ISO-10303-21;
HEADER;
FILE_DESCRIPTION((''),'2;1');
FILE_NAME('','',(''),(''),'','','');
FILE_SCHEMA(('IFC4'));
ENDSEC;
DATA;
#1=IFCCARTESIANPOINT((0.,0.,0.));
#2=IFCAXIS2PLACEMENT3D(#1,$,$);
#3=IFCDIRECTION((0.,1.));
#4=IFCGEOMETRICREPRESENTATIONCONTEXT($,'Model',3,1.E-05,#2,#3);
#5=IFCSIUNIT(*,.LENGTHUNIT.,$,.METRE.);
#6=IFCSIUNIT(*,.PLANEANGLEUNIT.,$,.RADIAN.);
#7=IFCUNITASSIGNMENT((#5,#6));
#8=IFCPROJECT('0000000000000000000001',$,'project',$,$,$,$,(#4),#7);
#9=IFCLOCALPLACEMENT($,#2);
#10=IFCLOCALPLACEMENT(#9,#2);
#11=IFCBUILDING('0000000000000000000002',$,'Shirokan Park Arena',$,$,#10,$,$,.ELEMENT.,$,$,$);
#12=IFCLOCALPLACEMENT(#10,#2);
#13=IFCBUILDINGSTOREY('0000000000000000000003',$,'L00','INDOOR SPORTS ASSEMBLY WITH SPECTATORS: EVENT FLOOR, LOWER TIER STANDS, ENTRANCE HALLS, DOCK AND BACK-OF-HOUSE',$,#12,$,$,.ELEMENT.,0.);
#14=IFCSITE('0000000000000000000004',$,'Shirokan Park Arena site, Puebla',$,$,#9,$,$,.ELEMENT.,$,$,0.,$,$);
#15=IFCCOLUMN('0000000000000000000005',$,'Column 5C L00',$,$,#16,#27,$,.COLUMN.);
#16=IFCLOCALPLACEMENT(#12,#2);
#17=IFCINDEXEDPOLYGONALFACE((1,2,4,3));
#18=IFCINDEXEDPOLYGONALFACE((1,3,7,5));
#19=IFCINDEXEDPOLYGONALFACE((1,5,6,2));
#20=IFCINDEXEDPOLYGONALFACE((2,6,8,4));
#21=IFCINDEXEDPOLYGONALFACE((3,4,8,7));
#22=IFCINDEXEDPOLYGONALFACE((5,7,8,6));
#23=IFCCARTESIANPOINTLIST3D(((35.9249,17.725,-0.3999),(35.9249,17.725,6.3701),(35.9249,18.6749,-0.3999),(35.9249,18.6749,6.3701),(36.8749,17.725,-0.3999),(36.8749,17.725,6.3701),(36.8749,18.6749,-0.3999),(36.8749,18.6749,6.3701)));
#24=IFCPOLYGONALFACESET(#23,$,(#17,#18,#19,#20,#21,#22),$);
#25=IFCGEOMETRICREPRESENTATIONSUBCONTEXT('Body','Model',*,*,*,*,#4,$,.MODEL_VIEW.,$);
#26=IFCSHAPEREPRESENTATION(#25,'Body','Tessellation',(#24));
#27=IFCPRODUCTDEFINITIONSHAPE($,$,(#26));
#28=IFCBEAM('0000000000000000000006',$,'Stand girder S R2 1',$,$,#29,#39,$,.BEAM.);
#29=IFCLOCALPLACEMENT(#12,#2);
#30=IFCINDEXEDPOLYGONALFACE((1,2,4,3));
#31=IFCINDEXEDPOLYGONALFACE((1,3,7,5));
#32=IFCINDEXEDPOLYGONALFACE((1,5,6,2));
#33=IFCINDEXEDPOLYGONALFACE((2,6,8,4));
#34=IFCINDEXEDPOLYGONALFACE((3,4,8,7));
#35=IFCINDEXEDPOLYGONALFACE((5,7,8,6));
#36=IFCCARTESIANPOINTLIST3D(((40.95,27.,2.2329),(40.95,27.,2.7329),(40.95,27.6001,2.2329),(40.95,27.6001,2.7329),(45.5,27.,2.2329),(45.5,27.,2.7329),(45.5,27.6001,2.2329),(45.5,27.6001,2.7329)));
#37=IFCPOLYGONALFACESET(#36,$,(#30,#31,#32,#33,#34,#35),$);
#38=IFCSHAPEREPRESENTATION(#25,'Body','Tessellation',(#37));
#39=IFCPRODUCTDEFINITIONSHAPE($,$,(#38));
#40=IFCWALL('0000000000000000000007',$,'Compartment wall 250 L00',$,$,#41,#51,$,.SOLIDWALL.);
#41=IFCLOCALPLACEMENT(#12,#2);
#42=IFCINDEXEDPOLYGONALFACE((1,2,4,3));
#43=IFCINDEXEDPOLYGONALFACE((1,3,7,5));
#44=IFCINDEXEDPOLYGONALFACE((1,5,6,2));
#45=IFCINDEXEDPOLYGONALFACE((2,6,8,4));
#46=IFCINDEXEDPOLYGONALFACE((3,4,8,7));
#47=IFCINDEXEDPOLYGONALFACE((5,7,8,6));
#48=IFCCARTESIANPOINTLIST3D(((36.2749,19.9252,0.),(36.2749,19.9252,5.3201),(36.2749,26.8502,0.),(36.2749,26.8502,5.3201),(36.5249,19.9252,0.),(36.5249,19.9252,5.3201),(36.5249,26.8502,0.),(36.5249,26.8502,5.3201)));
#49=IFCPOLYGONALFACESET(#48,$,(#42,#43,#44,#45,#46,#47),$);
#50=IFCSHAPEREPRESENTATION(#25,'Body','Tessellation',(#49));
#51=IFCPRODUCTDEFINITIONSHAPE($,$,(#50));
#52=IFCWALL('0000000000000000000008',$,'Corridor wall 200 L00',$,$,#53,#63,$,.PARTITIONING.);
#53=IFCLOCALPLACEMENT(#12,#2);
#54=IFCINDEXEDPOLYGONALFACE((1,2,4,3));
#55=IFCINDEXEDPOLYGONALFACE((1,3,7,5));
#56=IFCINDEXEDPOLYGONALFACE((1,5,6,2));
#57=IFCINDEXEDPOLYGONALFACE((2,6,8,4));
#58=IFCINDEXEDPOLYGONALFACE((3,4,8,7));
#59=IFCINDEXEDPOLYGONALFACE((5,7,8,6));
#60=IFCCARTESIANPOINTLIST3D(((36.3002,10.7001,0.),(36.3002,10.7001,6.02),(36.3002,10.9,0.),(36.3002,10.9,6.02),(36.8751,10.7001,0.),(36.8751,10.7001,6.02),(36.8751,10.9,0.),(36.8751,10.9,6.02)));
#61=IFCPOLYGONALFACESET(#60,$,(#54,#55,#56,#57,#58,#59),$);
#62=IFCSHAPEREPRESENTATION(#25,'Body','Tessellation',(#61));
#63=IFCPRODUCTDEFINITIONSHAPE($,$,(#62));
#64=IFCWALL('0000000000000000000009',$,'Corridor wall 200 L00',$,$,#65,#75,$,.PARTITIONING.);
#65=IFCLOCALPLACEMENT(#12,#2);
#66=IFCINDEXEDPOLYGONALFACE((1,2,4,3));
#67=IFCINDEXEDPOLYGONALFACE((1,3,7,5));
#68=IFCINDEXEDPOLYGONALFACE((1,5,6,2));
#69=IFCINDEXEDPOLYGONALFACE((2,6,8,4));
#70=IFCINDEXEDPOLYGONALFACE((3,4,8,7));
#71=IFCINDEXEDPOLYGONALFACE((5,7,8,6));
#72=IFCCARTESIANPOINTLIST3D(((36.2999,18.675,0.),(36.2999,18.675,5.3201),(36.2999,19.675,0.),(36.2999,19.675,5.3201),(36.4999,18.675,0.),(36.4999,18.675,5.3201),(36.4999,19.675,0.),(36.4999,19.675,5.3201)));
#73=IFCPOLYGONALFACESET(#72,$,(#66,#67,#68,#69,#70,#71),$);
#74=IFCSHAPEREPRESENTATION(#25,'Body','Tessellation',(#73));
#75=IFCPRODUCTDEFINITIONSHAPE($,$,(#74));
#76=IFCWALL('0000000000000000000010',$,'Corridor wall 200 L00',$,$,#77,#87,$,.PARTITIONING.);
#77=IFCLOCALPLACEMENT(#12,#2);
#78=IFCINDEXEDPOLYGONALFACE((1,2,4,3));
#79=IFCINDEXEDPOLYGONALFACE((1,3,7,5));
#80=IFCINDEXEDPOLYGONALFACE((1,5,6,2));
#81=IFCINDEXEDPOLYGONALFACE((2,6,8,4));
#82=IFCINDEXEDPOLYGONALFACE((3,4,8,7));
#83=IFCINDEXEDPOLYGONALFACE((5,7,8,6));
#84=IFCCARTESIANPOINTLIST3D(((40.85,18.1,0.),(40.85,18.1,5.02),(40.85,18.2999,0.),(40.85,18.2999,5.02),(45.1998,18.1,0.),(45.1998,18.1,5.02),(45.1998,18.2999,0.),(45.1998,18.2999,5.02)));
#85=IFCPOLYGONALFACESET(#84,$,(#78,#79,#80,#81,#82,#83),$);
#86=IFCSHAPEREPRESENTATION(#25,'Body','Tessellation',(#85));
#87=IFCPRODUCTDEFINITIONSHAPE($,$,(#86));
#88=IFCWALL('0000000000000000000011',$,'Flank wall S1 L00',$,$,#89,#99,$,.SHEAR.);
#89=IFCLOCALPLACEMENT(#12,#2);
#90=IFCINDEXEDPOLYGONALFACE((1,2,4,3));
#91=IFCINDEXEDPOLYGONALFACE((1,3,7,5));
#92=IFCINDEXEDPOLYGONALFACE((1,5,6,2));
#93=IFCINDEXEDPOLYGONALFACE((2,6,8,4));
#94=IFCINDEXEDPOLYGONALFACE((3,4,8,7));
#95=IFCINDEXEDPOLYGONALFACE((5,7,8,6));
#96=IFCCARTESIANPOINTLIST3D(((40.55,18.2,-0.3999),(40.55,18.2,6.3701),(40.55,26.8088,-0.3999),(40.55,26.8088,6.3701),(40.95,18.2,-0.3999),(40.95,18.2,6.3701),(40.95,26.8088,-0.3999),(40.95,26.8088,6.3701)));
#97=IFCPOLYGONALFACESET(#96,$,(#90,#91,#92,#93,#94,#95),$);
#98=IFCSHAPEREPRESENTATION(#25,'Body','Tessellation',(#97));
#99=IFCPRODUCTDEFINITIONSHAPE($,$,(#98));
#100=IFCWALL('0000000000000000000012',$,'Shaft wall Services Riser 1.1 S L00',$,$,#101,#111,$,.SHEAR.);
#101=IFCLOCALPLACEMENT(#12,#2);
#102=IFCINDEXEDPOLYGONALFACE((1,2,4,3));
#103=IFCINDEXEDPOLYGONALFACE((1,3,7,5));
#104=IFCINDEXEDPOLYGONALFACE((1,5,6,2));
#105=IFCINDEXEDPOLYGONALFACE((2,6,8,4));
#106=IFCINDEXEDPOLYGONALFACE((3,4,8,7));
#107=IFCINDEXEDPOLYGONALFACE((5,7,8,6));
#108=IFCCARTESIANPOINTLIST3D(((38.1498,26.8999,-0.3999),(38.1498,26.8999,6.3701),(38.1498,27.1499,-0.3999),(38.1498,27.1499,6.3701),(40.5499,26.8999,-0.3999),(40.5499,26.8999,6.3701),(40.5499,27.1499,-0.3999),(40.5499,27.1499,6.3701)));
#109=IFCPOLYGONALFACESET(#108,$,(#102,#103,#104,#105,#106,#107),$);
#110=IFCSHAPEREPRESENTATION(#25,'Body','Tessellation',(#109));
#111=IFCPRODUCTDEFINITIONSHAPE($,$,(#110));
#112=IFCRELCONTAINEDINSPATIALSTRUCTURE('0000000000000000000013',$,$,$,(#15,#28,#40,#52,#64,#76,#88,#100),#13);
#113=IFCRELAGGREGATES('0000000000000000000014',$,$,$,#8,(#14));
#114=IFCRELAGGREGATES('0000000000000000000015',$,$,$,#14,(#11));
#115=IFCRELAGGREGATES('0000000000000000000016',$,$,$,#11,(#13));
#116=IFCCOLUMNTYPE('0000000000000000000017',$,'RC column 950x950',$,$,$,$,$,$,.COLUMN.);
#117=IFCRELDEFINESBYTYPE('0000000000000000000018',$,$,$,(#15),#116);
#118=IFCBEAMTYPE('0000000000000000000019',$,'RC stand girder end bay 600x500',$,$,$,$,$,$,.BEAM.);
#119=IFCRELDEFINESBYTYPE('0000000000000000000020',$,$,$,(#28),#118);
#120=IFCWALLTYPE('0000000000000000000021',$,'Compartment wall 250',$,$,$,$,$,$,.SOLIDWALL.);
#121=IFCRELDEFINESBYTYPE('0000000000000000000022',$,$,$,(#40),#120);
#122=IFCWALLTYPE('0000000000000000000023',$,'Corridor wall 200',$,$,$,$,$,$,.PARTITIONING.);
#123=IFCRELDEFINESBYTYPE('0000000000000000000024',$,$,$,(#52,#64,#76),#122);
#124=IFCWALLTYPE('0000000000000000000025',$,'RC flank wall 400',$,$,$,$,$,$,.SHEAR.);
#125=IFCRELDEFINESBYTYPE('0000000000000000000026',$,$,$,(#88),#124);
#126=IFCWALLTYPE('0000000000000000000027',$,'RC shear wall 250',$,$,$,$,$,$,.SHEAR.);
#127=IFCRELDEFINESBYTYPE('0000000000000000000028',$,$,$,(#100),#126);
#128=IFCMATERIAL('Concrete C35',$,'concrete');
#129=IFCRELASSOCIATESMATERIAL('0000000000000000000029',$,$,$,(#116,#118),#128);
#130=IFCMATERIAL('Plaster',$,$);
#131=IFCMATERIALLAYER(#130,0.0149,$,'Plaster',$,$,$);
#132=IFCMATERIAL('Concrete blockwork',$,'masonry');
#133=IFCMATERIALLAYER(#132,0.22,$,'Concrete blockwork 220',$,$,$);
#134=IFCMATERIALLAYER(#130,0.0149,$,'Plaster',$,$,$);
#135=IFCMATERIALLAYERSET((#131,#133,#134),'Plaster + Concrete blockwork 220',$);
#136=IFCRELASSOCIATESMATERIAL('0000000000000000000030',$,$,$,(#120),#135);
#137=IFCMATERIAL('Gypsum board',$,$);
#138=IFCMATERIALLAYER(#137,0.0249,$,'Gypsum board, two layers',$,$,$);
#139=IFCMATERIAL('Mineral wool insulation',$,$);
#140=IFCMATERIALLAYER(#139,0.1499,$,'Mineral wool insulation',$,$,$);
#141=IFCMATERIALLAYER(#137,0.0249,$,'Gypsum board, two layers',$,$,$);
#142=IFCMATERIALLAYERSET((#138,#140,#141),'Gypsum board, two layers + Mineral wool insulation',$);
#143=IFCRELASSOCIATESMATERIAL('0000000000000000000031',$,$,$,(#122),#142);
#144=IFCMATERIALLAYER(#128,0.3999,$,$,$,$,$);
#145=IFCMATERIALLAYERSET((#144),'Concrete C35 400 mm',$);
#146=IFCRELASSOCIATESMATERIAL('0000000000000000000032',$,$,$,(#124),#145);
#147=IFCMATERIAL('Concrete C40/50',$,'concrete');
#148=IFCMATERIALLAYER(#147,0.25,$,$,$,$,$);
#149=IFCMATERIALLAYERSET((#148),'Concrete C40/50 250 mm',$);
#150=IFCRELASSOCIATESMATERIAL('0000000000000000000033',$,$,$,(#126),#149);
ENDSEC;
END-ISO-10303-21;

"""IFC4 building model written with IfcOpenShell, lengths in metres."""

from ifc_helpers import new_model, si_unit, direction, frame, frame_2d, origin, origin_2d, place, context, subcontext, project, spatial, rectangle, extrude, material, layer, layer_set, material_profile, profile_set, type_object, element, save


model = new_model("IFC4")

# Units and contexts
model_context = context("Model", 3, precision=1e-05, world=origin(), true_north=direction((0.0, 1.0)))
body_context = subcontext(model_context, "Body", "Model", "MODEL_VIEW")
ifc_project = project(units=[si_unit("LENGTHUNIT", "METRE"), si_unit("PLANEANGLEUNIT", "RADIAN")], contexts=[model_context])

# Site, building, storey
site_placement = place(None, origin())
site = spatial("IfcSite", under=ifc_project, at=site_placement, Name="Shirokan Park Arena site, Puebla", CompositionType="ELEMENT", RefElevation=0.0)
building_placement = place(site_placement, origin())
building = spatial("IfcBuilding", under=site, at=building_placement, Name="Shirokan Park Arena", CompositionType="ELEMENT")
storey_placement = place(building_placement, origin())
storey = spatial("IfcBuildingStorey", under=building, at=storey_placement, Name="L00", Description="INDOOR SPORTS ASSEMBLY WITH SPECTATORS: EVENT FLOOR, LOWER TIER STANDS, ENTRANCE HALLS, DOCK AND BACK-OF-HOUSE", CompositionType="ELEMENT", Elevation=0.0)

# Column
ifc_material_1 = material(Name="Concrete C35", Category="concrete")
ifc_material_profile_1 = material_profile(ifc_material_1, rectangle(XDim=0.95, YDim=0.95, at=origin_2d()), Name="950x950")
ifc_profile_set_1 = profile_set([ifc_material_profile_1], Name="Concrete C35")
column_type_1 = type_object("IfcColumnType", Name="RC column 950x950", PredefinedType="COLUMN", material=ifc_profile_set_1)
column_1_placement = place(storey_placement, frame((36.3999, 18.2, -0.3999), z_axis=(0.0, 0.0, 1.0), x_axis=(1.0, 0.0, 0.0)))
element("IfcColumn", 1, at=column_1_placement, inside=storey, type_object=column_type_1, Name="Column 5C L00", PredefinedType="COLUMN", context=body_context, shape_type="SweptSolid", body=[
    extrude(rectangle(XDim=0.95, YDim=0.95, at=origin_2d()), origin(), (0.0, 0.0, 1.0), 6.77),
])

# Beam
ifc_material_profile_2 = material_profile(ifc_material_1, rectangle(XDim=0.6001, YDim=0.5, at=origin_2d()), Name="600x500")
ifc_profile_set_2 = profile_set([ifc_material_profile_2], Name="Concrete C35")
beam_type = type_object("IfcBeamType", Name="RC stand girder end bay 600x500", PredefinedType="BEAM", material=ifc_profile_set_2)
beam_placement = place(storey_placement, frame((40.95, 27.3, 2.4829), z_axis=(1.0, 0.0, 0.0), x_axis=(0.0, 1.0, 0.0)))
element("IfcBeam", 2, at=beam_placement, inside=storey, type_object=beam_type, Name="Stand girder S R2 1", PredefinedType="BEAM", context=body_context, shape_type="SweptSolid", body=[
    extrude(rectangle(XDim=0.6001, YDim=0.5, at=origin_2d()), origin(), (0.0, 0.0, 1.0), 4.55),
])

# Walls
ifc_material_2 = material(Name="Plaster")
ifc_layer_1 = layer(ifc_material_2, 0.0149, Name="Plaster")
ifc_material_3 = material(Name="Concrete blockwork", Category="masonry")
ifc_layer_2 = layer(ifc_material_3, 0.22, Name="Concrete blockwork 220")
ifc_layer_3 = layer(ifc_material_2, 0.0149, Name="Plaster")
ifc_layer_set_1 = layer_set([ifc_layer_1, ifc_layer_2, ifc_layer_3], Name="Plaster + Concrete blockwork 220")
wall_type_1 = type_object("IfcWallType", Name="Compartment wall 250", PredefinedType="SOLIDWALL", material=ifc_layer_set_1)
wall_1_placement = place(storey_placement, frame((36.3999, 26.8501, 0.0), z_axis=(0.0, 0.0, 1.0), x_axis=(0.0, -1.0, 0.0)))
element("IfcWall", 3, at=wall_1_placement, inside=storey, type_object=wall_type_1, Name="Compartment wall 250 L00", PredefinedType="SOLIDWALL", context=body_context, shape_type="SweptSolid", body=[
    extrude(rectangle(XDim=6.925, YDim=0.25, at=frame_2d((3.4624, 0.0))), origin(), (0.0, 0.0, 1.0), 5.3201),
])
ifc_material_4 = material(Name="Gypsum board")
ifc_layer_4 = layer(ifc_material_4, 0.0249, Name="Gypsum board, two layers")
ifc_material_5 = material(Name="Mineral wool insulation")
ifc_layer_5 = layer(ifc_material_5, 0.1499, Name="Mineral wool insulation")
ifc_layer_6 = layer(ifc_material_4, 0.0249, Name="Gypsum board, two layers")
ifc_layer_set_2 = layer_set([ifc_layer_4, ifc_layer_5, ifc_layer_6], Name="Gypsum board, two layers + Mineral wool insulation")
wall_type_2 = type_object("IfcWallType", Name="Corridor wall 200", PredefinedType="PARTITIONING", material=ifc_layer_set_2)
wall_2_placement = place(storey_placement, frame((36.3, 10.8, 0.0), z_axis=(0.0, 0.0, 1.0), x_axis=(1.0, 0.0, 0.0)))
element("IfcWall", 4, at=wall_2_placement, inside=storey, type_object=wall_type_2, Name="Corridor wall 200 L00", PredefinedType="PARTITIONING", context=body_context, shape_type="SweptSolid", body=[
    extrude(rectangle(XDim=0.575, YDim=0.2, at=frame_2d((0.2876, 0.0))), origin(), (0.0, 0.0, 1.0), 6.02),
])

# Wall
wall_3_placement = place(storey_placement, frame((36.3999, 19.675, 0.0), z_axis=(0.0, 0.0, 1.0), x_axis=(0.0, -1.0, 0.0)))
element("IfcWall", 5, at=wall_3_placement, inside=storey, type_object=wall_type_2, Name="Corridor wall 200 L00", PredefinedType="PARTITIONING", context=body_context, shape_type="SweptSolid", body=[
    extrude(rectangle(XDim=1.0, YDim=0.2, at=frame_2d((0.5, 0.0))), origin(), (0.0, 0.0, 1.0), 5.3201),
])

# Wall
wall_4_placement = place(storey_placement, frame((40.8501, 18.2, 0.0), z_axis=(0.0, 0.0, 1.0), x_axis=(1.0, 0.0, 0.0)))
element("IfcWall", 6, at=wall_4_placement, inside=storey, type_object=wall_type_2, Name="Corridor wall 200 L00", PredefinedType="PARTITIONING", context=body_context, shape_type="SweptSolid", body=[
    extrude(rectangle(XDim=4.3499, YDim=0.2, at=frame_2d((2.1748, 0.0))), origin(), (0.0, 0.0, 1.0), 5.02),
])

# Walls
ifc_layer_7 = layer(ifc_material_1, 0.3999)
ifc_layer_set_3 = layer_set([ifc_layer_7], Name="Concrete C35 400 mm")
wall_type_3 = type_object("IfcWallType", Name="RC flank wall 400", PredefinedType="SHEAR", material=ifc_layer_set_3)
wall_5_placement = place(storey_placement, frame((40.75, 26.8088, -0.3999), z_axis=(0.0, 0.0, 1.0), x_axis=(0.0, -1.0, 0.0)))
element("IfcWall", 7, at=wall_5_placement, inside=storey, type_object=wall_type_3, Name="Flank wall S1 L00", PredefinedType="SHEAR", context=body_context, shape_type="SweptSolid", body=[
    extrude(rectangle(XDim=8.6089, YDim=0.3999, at=frame_2d((4.3044, 0.0))), origin(), (0.0, 0.0, 1.0), 6.77),
])
ifc_material_6 = material(Name="Concrete C40/50", Category="concrete")
ifc_layer_8 = layer(ifc_material_6, 0.25)
ifc_layer_set_4 = layer_set([ifc_layer_8], Name="Concrete C40/50 250 mm")
wall_type_4 = type_object("IfcWallType", Name="RC shear wall 250", PredefinedType="SHEAR", material=ifc_layer_set_4)
wall_6_placement = place(storey_placement, frame((40.55, 27.0249, -0.3999), z_axis=(0.0, 0.0, 1.0), x_axis=(-1.0, 0.0, 0.0)))
element("IfcWall", 8, at=wall_6_placement, inside=storey, type_object=wall_type_4, Name="Shaft wall Services Riser 1.1 S L00", PredefinedType="SHEAR", context=body_context, shape_type="SweptSolid", body=[
    extrude(rectangle(XDim=2.4001, YDim=0.25, at=frame_2d((1.2002, 0.0))), origin(), (0.0, 0.0, 1.0), 6.77),
])

save(model, "model.ifc")
